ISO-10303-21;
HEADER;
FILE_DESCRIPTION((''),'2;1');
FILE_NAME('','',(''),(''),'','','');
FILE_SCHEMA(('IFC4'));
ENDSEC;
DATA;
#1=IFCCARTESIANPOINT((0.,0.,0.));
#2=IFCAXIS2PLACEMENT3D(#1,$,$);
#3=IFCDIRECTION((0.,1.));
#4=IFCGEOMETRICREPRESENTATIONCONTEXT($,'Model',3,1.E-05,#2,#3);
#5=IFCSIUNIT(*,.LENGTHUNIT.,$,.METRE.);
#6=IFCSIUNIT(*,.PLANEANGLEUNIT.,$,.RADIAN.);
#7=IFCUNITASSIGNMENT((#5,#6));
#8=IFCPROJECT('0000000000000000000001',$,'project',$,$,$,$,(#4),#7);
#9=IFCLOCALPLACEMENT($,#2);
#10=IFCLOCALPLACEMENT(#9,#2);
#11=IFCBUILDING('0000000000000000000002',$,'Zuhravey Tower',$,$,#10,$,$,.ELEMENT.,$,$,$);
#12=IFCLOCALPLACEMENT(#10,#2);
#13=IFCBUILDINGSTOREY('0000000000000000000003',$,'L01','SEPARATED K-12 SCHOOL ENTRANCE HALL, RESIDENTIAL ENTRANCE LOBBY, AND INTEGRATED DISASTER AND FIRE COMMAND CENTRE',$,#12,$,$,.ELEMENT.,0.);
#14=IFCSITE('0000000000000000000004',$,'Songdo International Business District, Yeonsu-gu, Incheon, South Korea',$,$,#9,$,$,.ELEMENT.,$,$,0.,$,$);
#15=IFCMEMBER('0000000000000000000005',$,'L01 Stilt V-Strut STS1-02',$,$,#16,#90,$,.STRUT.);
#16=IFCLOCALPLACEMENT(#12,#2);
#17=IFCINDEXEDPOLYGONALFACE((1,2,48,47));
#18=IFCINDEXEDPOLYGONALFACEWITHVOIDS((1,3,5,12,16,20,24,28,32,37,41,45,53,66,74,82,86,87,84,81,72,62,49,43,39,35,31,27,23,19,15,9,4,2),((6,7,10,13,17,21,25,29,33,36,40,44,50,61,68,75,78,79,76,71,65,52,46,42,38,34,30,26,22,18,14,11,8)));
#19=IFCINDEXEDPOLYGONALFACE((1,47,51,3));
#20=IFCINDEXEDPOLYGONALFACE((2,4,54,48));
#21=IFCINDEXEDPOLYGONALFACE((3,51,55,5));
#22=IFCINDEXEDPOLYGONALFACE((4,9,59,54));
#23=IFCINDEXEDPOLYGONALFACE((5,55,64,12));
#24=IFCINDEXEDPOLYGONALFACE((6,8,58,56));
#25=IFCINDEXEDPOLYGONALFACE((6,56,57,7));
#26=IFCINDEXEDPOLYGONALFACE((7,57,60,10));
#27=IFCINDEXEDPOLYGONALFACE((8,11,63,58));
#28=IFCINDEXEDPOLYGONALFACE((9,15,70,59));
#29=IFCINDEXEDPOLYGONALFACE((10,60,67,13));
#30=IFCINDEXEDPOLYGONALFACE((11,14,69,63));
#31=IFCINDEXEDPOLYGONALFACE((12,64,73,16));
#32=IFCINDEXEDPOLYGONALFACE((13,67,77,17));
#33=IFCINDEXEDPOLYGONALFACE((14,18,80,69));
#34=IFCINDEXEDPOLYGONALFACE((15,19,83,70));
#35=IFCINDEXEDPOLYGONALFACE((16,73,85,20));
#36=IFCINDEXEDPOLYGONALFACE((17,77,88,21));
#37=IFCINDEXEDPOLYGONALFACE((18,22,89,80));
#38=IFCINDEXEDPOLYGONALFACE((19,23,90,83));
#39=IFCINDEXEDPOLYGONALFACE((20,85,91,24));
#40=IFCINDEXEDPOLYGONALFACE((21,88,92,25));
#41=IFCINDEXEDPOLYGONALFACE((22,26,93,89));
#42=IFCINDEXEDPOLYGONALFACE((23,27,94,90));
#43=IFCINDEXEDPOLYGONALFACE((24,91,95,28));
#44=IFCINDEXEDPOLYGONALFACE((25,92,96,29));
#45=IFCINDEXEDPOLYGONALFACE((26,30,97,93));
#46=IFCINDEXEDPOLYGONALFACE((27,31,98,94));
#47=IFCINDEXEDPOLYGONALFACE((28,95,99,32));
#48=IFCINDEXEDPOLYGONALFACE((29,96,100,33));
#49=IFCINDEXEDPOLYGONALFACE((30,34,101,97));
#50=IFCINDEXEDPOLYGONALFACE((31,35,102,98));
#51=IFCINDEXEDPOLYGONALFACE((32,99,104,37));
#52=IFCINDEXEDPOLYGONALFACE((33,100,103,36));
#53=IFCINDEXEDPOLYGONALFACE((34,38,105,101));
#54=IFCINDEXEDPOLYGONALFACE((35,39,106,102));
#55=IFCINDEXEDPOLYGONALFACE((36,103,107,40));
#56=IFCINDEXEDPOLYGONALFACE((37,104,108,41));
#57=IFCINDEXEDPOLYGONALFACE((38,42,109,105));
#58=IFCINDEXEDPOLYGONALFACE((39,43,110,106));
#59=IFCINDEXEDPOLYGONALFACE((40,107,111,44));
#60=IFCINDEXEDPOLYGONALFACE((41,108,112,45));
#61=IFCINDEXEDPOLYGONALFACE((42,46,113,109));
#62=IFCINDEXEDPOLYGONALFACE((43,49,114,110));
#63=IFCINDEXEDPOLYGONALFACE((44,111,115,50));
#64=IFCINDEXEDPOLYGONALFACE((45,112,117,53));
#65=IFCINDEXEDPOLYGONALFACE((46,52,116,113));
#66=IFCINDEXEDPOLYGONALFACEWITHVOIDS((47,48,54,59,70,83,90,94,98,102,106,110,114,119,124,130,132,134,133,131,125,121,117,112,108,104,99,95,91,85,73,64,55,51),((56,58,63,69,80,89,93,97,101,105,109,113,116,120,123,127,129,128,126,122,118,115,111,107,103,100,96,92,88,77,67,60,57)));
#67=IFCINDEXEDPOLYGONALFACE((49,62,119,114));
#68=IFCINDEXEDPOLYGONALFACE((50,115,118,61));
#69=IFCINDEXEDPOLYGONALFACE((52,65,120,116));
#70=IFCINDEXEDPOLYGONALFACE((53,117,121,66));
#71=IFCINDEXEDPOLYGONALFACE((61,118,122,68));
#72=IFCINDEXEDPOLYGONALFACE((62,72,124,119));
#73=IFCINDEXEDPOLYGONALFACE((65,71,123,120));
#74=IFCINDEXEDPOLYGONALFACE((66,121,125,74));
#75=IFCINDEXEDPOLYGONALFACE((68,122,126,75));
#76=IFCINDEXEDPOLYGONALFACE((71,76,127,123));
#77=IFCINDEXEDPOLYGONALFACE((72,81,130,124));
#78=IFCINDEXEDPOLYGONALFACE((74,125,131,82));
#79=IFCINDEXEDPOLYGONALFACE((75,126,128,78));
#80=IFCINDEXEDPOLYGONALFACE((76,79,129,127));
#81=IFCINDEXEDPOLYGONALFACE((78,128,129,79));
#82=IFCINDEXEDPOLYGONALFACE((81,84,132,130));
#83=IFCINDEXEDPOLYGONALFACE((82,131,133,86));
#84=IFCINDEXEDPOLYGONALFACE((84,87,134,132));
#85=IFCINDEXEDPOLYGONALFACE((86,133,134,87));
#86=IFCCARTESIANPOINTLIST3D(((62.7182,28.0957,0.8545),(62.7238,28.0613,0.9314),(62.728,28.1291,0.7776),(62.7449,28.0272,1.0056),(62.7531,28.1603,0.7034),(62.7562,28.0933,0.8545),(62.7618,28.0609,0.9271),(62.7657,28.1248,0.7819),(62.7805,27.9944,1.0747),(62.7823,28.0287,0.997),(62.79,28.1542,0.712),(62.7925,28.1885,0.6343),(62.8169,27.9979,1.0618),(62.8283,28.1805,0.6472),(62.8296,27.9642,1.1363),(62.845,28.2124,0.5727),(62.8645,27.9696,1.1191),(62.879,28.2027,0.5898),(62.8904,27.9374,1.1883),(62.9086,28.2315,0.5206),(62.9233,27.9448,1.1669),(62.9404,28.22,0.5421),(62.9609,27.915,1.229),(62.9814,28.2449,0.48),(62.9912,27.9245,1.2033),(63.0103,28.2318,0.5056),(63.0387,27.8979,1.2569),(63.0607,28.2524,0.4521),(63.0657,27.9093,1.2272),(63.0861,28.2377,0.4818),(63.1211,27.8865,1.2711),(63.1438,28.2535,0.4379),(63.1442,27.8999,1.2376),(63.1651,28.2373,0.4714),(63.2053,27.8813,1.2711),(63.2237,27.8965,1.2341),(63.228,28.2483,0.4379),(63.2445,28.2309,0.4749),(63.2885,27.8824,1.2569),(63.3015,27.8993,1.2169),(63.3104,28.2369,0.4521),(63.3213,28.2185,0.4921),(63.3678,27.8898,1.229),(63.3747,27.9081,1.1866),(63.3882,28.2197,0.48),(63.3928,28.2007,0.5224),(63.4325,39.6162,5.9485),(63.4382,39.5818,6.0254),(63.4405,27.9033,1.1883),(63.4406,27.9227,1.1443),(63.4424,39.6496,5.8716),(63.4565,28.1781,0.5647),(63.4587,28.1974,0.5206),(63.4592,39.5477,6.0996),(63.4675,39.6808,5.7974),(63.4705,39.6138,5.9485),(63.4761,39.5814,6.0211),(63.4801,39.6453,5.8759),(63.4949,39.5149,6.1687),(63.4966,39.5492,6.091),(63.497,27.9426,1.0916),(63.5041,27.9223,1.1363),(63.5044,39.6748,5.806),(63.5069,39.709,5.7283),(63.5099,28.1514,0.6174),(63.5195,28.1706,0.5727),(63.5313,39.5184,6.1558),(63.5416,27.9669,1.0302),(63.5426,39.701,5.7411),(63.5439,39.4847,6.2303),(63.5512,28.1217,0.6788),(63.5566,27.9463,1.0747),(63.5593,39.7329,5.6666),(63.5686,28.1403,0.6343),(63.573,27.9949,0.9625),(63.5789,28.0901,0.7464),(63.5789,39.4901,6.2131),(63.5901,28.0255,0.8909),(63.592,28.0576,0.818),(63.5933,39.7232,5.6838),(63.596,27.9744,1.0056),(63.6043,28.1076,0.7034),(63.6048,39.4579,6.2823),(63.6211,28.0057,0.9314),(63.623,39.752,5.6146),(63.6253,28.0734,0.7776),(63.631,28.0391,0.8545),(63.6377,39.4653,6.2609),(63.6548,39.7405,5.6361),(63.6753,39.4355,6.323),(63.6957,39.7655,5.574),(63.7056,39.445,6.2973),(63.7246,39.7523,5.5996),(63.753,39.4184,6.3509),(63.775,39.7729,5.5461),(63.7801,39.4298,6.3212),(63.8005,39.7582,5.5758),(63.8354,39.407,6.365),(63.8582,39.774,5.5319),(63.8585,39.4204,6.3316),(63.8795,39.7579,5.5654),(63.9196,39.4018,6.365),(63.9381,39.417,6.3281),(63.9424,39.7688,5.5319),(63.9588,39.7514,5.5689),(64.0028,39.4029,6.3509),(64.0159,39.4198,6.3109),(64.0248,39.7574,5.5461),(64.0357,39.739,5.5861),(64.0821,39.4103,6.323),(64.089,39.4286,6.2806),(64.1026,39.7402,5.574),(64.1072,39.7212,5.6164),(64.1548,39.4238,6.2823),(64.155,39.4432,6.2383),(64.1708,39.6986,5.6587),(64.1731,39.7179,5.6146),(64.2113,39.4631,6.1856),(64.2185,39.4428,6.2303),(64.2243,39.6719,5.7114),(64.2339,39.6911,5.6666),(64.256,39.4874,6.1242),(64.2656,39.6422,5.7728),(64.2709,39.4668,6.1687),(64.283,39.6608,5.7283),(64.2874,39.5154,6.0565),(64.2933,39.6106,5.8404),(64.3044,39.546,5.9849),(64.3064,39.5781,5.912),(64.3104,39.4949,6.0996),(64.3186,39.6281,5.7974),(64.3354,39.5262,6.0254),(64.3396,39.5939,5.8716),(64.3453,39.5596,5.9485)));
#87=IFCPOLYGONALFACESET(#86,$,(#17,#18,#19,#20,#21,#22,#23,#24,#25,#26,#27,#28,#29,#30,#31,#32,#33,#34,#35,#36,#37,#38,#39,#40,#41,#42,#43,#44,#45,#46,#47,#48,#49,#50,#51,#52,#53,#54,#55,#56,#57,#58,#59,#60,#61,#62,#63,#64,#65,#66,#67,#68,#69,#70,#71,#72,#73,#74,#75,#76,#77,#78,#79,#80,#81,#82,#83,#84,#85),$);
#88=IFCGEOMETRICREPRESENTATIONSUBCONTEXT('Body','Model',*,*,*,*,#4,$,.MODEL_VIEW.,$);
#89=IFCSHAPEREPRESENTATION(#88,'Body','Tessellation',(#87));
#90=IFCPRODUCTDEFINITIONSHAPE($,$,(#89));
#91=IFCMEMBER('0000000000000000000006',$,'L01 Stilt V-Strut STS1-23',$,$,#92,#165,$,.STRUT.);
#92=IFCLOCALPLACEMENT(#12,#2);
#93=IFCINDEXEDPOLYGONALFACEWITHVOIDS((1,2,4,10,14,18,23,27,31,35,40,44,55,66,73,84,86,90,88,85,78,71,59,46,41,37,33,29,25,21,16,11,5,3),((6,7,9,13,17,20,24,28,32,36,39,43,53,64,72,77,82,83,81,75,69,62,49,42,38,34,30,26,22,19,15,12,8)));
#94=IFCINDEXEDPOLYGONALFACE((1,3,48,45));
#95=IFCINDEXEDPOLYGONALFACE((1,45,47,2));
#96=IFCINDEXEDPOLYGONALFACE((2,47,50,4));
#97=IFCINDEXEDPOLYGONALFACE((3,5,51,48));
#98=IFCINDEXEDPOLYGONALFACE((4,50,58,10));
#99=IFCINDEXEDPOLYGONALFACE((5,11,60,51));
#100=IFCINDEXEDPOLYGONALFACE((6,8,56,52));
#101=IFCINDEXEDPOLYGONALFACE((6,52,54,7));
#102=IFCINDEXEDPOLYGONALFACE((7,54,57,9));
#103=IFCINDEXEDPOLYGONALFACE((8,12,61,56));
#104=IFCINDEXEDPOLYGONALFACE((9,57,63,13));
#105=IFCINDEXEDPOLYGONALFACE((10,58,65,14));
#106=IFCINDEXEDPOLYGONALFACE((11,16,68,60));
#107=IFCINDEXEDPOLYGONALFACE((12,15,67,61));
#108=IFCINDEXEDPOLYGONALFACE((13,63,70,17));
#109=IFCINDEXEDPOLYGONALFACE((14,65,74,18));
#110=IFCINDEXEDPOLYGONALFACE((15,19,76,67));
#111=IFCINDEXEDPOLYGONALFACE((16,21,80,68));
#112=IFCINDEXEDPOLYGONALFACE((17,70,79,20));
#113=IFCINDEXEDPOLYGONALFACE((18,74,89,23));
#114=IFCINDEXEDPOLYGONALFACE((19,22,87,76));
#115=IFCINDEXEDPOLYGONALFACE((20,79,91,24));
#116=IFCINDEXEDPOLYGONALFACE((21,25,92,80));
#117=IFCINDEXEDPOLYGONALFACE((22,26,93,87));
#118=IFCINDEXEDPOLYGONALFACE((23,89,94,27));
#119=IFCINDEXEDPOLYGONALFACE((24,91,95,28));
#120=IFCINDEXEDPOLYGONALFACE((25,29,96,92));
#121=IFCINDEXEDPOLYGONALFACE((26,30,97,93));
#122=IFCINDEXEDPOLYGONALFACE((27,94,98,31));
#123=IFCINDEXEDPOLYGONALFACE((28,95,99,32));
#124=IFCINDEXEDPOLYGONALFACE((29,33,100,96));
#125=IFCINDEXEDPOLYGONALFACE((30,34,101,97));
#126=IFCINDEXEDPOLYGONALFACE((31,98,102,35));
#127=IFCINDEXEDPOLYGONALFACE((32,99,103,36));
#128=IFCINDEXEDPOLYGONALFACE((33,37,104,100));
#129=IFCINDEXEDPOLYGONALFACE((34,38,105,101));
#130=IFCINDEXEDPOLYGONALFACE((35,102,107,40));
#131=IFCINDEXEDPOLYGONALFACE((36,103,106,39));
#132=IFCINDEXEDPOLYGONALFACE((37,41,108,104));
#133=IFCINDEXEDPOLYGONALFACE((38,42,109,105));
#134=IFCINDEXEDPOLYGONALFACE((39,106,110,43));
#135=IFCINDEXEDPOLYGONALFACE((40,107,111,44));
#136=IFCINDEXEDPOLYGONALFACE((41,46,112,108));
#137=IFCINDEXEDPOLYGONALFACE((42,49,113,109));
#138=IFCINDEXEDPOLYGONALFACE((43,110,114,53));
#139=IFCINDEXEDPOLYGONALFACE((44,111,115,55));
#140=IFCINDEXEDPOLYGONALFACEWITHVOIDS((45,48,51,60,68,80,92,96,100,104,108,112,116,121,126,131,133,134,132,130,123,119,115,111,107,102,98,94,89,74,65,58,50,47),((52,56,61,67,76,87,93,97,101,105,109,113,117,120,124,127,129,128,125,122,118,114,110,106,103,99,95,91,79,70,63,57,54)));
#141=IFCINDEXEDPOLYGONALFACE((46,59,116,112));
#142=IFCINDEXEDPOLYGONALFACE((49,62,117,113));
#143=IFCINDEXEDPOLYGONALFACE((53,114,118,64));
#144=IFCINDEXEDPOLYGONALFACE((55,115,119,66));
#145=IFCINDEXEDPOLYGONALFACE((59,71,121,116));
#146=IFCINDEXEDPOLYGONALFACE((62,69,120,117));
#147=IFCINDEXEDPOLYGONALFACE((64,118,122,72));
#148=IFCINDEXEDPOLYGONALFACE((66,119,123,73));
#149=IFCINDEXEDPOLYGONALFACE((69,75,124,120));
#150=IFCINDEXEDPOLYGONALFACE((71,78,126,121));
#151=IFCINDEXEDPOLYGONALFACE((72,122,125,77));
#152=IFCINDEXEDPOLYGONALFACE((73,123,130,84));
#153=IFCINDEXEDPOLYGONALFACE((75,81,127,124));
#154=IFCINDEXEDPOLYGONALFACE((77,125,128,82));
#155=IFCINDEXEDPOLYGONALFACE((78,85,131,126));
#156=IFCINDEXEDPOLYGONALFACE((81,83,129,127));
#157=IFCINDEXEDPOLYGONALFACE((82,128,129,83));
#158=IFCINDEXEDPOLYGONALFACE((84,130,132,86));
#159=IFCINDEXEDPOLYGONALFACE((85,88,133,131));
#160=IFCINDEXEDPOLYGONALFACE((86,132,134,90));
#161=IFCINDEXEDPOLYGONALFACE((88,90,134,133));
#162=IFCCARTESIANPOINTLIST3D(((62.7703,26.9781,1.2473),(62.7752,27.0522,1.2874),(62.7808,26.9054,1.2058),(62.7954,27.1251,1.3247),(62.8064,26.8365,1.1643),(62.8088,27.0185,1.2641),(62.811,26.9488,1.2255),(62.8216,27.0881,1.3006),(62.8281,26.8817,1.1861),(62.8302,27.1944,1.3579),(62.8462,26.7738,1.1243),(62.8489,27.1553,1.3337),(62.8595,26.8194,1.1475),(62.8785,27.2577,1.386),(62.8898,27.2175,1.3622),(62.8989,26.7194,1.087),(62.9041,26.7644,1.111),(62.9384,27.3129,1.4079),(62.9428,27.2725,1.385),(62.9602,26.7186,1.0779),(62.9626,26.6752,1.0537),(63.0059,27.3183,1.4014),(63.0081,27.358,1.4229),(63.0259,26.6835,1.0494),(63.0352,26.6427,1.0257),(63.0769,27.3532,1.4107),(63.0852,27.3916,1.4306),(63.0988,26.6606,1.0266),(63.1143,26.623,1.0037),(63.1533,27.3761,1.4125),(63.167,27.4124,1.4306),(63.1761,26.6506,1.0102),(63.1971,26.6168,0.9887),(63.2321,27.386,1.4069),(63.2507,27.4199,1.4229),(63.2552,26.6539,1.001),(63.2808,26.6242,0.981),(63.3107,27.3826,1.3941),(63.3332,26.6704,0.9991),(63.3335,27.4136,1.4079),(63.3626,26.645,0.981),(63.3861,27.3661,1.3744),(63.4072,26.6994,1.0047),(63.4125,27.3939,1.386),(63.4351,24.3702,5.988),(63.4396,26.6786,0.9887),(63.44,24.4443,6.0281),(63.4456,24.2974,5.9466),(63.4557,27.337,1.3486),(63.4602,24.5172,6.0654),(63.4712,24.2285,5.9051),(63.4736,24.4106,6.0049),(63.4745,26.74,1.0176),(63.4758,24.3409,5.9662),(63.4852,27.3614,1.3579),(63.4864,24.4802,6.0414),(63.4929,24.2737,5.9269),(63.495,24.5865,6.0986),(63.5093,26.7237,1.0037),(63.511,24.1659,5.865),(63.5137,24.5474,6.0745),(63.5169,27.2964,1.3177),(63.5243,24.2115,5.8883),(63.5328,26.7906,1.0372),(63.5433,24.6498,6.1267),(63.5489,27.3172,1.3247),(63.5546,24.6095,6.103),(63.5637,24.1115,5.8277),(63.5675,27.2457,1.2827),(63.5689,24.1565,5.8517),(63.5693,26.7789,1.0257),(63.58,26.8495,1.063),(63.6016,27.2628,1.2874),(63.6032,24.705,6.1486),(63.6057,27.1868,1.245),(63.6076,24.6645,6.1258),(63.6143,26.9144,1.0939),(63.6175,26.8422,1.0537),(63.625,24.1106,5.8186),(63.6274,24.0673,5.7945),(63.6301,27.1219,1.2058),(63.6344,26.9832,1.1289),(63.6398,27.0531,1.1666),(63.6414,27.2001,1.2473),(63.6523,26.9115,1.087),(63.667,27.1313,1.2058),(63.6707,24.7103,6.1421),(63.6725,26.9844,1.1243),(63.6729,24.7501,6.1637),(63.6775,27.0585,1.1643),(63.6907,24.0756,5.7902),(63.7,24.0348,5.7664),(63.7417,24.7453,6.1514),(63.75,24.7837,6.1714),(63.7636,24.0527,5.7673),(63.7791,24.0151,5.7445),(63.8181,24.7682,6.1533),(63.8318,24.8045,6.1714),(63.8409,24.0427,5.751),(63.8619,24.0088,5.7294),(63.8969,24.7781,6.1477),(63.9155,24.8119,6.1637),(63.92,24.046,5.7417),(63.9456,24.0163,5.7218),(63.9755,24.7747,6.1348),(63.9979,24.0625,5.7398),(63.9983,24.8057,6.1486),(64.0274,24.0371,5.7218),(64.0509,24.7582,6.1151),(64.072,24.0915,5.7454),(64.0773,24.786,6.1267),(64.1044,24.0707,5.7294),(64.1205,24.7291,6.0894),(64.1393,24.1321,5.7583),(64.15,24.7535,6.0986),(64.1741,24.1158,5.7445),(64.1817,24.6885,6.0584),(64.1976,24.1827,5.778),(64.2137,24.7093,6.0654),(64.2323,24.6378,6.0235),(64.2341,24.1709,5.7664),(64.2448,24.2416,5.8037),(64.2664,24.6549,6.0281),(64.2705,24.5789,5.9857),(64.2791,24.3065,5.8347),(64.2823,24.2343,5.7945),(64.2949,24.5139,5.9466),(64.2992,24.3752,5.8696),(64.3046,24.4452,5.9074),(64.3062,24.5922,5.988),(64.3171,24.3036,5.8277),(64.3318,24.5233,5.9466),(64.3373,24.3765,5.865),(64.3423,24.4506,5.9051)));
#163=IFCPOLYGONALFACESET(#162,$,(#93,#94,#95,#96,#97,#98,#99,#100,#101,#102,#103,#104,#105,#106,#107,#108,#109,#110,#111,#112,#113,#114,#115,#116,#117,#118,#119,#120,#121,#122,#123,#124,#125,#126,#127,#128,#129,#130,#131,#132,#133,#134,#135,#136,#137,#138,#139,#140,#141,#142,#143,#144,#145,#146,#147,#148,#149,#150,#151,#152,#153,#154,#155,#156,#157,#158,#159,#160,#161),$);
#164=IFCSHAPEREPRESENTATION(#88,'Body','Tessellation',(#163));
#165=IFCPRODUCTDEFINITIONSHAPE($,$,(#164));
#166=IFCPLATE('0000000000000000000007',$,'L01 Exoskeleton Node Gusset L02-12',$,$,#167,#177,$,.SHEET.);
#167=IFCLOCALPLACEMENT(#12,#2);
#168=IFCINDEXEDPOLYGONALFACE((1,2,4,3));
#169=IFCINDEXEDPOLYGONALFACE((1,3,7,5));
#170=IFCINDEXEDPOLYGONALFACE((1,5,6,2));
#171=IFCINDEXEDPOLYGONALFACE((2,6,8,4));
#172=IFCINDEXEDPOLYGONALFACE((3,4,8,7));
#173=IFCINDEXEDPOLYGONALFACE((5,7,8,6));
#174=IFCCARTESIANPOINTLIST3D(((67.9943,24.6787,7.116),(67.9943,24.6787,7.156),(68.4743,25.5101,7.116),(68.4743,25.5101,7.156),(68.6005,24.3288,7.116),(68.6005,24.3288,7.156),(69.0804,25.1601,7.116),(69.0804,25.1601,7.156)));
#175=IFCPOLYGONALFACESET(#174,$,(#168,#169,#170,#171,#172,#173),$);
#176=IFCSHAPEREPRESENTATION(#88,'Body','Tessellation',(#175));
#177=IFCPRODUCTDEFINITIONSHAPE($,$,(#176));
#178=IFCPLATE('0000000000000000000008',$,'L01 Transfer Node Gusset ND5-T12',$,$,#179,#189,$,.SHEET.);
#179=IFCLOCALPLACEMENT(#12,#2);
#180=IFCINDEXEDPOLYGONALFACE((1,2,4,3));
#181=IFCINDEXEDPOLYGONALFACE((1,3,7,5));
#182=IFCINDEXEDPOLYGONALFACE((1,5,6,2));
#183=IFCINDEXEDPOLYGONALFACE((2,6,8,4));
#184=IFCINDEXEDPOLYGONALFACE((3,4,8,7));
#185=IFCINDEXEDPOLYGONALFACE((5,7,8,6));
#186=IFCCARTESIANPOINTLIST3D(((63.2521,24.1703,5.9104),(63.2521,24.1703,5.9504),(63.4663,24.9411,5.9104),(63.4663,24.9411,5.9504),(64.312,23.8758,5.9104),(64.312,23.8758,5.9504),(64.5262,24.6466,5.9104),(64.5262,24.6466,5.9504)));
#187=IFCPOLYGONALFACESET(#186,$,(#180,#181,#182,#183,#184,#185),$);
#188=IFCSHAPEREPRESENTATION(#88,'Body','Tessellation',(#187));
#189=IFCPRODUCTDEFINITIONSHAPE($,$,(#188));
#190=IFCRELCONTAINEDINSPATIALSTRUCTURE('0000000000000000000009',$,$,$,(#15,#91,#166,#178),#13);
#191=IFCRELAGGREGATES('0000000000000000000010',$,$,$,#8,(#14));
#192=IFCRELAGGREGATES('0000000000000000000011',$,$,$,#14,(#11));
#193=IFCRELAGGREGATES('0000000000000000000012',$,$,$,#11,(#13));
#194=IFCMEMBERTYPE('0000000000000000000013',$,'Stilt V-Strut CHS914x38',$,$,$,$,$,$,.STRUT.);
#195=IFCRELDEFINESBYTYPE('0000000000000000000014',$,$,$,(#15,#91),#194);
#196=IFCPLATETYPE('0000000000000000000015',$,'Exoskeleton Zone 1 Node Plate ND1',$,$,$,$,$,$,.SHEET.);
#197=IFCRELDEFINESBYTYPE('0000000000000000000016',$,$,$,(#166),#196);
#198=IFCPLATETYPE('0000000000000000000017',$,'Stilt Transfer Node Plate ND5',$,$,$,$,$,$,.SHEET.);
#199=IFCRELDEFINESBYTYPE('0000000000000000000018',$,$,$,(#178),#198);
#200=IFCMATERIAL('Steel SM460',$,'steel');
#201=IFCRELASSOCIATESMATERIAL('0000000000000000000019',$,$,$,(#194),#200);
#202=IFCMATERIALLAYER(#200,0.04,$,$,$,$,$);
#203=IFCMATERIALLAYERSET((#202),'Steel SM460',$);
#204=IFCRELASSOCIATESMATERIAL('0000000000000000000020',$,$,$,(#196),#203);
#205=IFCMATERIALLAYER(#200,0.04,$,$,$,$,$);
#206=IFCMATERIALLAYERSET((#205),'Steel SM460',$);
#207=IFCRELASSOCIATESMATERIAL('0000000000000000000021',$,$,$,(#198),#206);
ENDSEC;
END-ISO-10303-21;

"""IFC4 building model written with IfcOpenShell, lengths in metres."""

from ifc_helpers import new_model, si_unit, direction, frame, origin, origin_2d, place, context, subcontext, project, spatial, rectangle, hollow_circle, extrude, material, layer, layer_set, material_profile, profile_set, type_object, element, save


model = new_model("IFC4")

# Units and contexts
model_context = context("Model", 3, precision=1e-05, world=origin(), true_north=direction((0.0, 1.0)))
body_context = subcontext(model_context, "Body", "Model", "MODEL_VIEW")
ifc_project = project(units=[si_unit("LENGTHUNIT", "METRE"), si_unit("PLANEANGLEUNIT", "RADIAN")], contexts=[model_context])

# Site, building, storey
site_placement = place(None, origin())
site = spatial("IfcSite", under=ifc_project, at=site_placement, Name="Songdo International Business District, Yeonsu-gu, Incheon, South Korea", CompositionType="ELEMENT", RefElevation=0.0)
building_placement = place(site_placement, origin())
building = spatial("IfcBuilding", under=site, at=building_placement, Name="Zuhravey Tower", CompositionType="ELEMENT")
storey_placement = place(building_placement, origin())
storey = spatial("IfcBuildingStorey", under=building, at=storey_placement, Name="L01", Description="SEPARATED K-12 SCHOOL ENTRANCE HALL, RESIDENTIAL ENTRANCE LOBBY, AND INTEGRATED DISASTER AND FIRE COMMAND CENTRE", CompositionType="ELEMENT", Elevation=0.0)

# Shared definitions
ifc_material_1 = material(Name="Steel SM460", Category="steel")

# Members
ifc_material_profile_1 = material_profile(ifc_material_1, hollow_circle(Radius=0.4573, WallThickness=0.0381, at=origin_2d()), Name="CHS-914.4x38")
ifc_profile_set_1 = profile_set([ifc_material_profile_1], Name="Steel SM460")
member_type = type_object("IfcMemberType", Name="Stilt V-Strut CHS914x38", PredefinedType="STRUT", material=ifc_profile_set_1)
member_1_placement = place(storey_placement, frame((63.1746, 28.0674, 0.8545), z_axis=(0.05662, 0.913116, 0.40375), x_axis=(-0.998083, 0.061888, 0.0)))
element("IfcMember", 1, at=member_1_placement, inside=storey, type_object=member_type, Name="L01 Stilt V-Strut STS1-02", PredefinedType="STRUT", context=body_context, shape_type="SweptSolid", body=[
    extrude(hollow_circle(Radius=0.4573, WallThickness=0.0381, at=origin_2d()), origin(), (0.0, 0.0, 1.0), 12.6167),
])
member_2_placement = place(storey_placement, frame((63.2239, 27.0183, 1.2058), z_axis=(0.12195, -0.478394, 0.869636), x_axis=(0.969012, 0.247015, 0.0)))
element("IfcMember", 2, at=member_2_placement, inside=storey, type_object=member_type, Name="L01 Stilt V-Strut STS1-23", PredefinedType="STRUT", context=body_context, shape_type="SweptSolid", body=[
    extrude(hollow_circle(Radius=0.4573, WallThickness=0.0381, at=origin_2d()), origin(), (0.0, 0.0, 1.0), 5.4514),
])

# Plates
ifc_layer_1 = layer(ifc_material_1, 0.04)
ifc_layer_set_1 = layer_set([ifc_layer_1], Name="Steel SM460")
plate_type_1 = type_object("IfcPlateType", Name="Exoskeleton Zone 1 Node Plate ND1", PredefinedType="SHEET", material=ifc_layer_set_1)
plate_1_placement = place(storey_placement, frame((68.5374, 24.9194, 7.116), z_axis=(0.0, 0.0, 1.0), x_axis=(0.5, 0.866025, 0.0)))
element("IfcPlate", 3, at=plate_1_placement, inside=storey, type_object=plate_type_1, Name="L01 Exoskeleton Node Gusset L02-12", PredefinedType="SHEET", context=body_context, shape_type="SweptSolid", body=[
    extrude(rectangle(XDim=0.96, YDim=0.7, at=origin_2d()), origin(), (0.0, 0.0, 1.0), 0.04),
])
ifc_layer_2 = layer(ifc_material_1, 0.04)
ifc_layer_set_2 = layer_set([ifc_layer_2], Name="Steel SM460")
plate_type_2 = type_object("IfcPlateType", Name="Stilt Transfer Node Plate ND5", PredefinedType="SHEET", material=ifc_layer_set_2)
plate_2_placement = place(storey_placement, frame((63.8892, 24.4084, 5.9104), z_axis=(0.0, 0.0, 1.0), x_axis=(0.96349, -0.267743, 0.0)))
element("IfcPlate", 4, at=plate_2_placement, inside=storey, type_object=plate_type_2, Name="L01 Transfer Node Gusset ND5-T12", PredefinedType="SHEET", context=body_context, shape_type="SweptSolid", body=[
    extrude(rectangle(XDim=1.1001, YDim=0.8, at=origin_2d()), origin(), (0.0, 0.0, 1.0), 0.04),
])

save(model, "model.ifc")
